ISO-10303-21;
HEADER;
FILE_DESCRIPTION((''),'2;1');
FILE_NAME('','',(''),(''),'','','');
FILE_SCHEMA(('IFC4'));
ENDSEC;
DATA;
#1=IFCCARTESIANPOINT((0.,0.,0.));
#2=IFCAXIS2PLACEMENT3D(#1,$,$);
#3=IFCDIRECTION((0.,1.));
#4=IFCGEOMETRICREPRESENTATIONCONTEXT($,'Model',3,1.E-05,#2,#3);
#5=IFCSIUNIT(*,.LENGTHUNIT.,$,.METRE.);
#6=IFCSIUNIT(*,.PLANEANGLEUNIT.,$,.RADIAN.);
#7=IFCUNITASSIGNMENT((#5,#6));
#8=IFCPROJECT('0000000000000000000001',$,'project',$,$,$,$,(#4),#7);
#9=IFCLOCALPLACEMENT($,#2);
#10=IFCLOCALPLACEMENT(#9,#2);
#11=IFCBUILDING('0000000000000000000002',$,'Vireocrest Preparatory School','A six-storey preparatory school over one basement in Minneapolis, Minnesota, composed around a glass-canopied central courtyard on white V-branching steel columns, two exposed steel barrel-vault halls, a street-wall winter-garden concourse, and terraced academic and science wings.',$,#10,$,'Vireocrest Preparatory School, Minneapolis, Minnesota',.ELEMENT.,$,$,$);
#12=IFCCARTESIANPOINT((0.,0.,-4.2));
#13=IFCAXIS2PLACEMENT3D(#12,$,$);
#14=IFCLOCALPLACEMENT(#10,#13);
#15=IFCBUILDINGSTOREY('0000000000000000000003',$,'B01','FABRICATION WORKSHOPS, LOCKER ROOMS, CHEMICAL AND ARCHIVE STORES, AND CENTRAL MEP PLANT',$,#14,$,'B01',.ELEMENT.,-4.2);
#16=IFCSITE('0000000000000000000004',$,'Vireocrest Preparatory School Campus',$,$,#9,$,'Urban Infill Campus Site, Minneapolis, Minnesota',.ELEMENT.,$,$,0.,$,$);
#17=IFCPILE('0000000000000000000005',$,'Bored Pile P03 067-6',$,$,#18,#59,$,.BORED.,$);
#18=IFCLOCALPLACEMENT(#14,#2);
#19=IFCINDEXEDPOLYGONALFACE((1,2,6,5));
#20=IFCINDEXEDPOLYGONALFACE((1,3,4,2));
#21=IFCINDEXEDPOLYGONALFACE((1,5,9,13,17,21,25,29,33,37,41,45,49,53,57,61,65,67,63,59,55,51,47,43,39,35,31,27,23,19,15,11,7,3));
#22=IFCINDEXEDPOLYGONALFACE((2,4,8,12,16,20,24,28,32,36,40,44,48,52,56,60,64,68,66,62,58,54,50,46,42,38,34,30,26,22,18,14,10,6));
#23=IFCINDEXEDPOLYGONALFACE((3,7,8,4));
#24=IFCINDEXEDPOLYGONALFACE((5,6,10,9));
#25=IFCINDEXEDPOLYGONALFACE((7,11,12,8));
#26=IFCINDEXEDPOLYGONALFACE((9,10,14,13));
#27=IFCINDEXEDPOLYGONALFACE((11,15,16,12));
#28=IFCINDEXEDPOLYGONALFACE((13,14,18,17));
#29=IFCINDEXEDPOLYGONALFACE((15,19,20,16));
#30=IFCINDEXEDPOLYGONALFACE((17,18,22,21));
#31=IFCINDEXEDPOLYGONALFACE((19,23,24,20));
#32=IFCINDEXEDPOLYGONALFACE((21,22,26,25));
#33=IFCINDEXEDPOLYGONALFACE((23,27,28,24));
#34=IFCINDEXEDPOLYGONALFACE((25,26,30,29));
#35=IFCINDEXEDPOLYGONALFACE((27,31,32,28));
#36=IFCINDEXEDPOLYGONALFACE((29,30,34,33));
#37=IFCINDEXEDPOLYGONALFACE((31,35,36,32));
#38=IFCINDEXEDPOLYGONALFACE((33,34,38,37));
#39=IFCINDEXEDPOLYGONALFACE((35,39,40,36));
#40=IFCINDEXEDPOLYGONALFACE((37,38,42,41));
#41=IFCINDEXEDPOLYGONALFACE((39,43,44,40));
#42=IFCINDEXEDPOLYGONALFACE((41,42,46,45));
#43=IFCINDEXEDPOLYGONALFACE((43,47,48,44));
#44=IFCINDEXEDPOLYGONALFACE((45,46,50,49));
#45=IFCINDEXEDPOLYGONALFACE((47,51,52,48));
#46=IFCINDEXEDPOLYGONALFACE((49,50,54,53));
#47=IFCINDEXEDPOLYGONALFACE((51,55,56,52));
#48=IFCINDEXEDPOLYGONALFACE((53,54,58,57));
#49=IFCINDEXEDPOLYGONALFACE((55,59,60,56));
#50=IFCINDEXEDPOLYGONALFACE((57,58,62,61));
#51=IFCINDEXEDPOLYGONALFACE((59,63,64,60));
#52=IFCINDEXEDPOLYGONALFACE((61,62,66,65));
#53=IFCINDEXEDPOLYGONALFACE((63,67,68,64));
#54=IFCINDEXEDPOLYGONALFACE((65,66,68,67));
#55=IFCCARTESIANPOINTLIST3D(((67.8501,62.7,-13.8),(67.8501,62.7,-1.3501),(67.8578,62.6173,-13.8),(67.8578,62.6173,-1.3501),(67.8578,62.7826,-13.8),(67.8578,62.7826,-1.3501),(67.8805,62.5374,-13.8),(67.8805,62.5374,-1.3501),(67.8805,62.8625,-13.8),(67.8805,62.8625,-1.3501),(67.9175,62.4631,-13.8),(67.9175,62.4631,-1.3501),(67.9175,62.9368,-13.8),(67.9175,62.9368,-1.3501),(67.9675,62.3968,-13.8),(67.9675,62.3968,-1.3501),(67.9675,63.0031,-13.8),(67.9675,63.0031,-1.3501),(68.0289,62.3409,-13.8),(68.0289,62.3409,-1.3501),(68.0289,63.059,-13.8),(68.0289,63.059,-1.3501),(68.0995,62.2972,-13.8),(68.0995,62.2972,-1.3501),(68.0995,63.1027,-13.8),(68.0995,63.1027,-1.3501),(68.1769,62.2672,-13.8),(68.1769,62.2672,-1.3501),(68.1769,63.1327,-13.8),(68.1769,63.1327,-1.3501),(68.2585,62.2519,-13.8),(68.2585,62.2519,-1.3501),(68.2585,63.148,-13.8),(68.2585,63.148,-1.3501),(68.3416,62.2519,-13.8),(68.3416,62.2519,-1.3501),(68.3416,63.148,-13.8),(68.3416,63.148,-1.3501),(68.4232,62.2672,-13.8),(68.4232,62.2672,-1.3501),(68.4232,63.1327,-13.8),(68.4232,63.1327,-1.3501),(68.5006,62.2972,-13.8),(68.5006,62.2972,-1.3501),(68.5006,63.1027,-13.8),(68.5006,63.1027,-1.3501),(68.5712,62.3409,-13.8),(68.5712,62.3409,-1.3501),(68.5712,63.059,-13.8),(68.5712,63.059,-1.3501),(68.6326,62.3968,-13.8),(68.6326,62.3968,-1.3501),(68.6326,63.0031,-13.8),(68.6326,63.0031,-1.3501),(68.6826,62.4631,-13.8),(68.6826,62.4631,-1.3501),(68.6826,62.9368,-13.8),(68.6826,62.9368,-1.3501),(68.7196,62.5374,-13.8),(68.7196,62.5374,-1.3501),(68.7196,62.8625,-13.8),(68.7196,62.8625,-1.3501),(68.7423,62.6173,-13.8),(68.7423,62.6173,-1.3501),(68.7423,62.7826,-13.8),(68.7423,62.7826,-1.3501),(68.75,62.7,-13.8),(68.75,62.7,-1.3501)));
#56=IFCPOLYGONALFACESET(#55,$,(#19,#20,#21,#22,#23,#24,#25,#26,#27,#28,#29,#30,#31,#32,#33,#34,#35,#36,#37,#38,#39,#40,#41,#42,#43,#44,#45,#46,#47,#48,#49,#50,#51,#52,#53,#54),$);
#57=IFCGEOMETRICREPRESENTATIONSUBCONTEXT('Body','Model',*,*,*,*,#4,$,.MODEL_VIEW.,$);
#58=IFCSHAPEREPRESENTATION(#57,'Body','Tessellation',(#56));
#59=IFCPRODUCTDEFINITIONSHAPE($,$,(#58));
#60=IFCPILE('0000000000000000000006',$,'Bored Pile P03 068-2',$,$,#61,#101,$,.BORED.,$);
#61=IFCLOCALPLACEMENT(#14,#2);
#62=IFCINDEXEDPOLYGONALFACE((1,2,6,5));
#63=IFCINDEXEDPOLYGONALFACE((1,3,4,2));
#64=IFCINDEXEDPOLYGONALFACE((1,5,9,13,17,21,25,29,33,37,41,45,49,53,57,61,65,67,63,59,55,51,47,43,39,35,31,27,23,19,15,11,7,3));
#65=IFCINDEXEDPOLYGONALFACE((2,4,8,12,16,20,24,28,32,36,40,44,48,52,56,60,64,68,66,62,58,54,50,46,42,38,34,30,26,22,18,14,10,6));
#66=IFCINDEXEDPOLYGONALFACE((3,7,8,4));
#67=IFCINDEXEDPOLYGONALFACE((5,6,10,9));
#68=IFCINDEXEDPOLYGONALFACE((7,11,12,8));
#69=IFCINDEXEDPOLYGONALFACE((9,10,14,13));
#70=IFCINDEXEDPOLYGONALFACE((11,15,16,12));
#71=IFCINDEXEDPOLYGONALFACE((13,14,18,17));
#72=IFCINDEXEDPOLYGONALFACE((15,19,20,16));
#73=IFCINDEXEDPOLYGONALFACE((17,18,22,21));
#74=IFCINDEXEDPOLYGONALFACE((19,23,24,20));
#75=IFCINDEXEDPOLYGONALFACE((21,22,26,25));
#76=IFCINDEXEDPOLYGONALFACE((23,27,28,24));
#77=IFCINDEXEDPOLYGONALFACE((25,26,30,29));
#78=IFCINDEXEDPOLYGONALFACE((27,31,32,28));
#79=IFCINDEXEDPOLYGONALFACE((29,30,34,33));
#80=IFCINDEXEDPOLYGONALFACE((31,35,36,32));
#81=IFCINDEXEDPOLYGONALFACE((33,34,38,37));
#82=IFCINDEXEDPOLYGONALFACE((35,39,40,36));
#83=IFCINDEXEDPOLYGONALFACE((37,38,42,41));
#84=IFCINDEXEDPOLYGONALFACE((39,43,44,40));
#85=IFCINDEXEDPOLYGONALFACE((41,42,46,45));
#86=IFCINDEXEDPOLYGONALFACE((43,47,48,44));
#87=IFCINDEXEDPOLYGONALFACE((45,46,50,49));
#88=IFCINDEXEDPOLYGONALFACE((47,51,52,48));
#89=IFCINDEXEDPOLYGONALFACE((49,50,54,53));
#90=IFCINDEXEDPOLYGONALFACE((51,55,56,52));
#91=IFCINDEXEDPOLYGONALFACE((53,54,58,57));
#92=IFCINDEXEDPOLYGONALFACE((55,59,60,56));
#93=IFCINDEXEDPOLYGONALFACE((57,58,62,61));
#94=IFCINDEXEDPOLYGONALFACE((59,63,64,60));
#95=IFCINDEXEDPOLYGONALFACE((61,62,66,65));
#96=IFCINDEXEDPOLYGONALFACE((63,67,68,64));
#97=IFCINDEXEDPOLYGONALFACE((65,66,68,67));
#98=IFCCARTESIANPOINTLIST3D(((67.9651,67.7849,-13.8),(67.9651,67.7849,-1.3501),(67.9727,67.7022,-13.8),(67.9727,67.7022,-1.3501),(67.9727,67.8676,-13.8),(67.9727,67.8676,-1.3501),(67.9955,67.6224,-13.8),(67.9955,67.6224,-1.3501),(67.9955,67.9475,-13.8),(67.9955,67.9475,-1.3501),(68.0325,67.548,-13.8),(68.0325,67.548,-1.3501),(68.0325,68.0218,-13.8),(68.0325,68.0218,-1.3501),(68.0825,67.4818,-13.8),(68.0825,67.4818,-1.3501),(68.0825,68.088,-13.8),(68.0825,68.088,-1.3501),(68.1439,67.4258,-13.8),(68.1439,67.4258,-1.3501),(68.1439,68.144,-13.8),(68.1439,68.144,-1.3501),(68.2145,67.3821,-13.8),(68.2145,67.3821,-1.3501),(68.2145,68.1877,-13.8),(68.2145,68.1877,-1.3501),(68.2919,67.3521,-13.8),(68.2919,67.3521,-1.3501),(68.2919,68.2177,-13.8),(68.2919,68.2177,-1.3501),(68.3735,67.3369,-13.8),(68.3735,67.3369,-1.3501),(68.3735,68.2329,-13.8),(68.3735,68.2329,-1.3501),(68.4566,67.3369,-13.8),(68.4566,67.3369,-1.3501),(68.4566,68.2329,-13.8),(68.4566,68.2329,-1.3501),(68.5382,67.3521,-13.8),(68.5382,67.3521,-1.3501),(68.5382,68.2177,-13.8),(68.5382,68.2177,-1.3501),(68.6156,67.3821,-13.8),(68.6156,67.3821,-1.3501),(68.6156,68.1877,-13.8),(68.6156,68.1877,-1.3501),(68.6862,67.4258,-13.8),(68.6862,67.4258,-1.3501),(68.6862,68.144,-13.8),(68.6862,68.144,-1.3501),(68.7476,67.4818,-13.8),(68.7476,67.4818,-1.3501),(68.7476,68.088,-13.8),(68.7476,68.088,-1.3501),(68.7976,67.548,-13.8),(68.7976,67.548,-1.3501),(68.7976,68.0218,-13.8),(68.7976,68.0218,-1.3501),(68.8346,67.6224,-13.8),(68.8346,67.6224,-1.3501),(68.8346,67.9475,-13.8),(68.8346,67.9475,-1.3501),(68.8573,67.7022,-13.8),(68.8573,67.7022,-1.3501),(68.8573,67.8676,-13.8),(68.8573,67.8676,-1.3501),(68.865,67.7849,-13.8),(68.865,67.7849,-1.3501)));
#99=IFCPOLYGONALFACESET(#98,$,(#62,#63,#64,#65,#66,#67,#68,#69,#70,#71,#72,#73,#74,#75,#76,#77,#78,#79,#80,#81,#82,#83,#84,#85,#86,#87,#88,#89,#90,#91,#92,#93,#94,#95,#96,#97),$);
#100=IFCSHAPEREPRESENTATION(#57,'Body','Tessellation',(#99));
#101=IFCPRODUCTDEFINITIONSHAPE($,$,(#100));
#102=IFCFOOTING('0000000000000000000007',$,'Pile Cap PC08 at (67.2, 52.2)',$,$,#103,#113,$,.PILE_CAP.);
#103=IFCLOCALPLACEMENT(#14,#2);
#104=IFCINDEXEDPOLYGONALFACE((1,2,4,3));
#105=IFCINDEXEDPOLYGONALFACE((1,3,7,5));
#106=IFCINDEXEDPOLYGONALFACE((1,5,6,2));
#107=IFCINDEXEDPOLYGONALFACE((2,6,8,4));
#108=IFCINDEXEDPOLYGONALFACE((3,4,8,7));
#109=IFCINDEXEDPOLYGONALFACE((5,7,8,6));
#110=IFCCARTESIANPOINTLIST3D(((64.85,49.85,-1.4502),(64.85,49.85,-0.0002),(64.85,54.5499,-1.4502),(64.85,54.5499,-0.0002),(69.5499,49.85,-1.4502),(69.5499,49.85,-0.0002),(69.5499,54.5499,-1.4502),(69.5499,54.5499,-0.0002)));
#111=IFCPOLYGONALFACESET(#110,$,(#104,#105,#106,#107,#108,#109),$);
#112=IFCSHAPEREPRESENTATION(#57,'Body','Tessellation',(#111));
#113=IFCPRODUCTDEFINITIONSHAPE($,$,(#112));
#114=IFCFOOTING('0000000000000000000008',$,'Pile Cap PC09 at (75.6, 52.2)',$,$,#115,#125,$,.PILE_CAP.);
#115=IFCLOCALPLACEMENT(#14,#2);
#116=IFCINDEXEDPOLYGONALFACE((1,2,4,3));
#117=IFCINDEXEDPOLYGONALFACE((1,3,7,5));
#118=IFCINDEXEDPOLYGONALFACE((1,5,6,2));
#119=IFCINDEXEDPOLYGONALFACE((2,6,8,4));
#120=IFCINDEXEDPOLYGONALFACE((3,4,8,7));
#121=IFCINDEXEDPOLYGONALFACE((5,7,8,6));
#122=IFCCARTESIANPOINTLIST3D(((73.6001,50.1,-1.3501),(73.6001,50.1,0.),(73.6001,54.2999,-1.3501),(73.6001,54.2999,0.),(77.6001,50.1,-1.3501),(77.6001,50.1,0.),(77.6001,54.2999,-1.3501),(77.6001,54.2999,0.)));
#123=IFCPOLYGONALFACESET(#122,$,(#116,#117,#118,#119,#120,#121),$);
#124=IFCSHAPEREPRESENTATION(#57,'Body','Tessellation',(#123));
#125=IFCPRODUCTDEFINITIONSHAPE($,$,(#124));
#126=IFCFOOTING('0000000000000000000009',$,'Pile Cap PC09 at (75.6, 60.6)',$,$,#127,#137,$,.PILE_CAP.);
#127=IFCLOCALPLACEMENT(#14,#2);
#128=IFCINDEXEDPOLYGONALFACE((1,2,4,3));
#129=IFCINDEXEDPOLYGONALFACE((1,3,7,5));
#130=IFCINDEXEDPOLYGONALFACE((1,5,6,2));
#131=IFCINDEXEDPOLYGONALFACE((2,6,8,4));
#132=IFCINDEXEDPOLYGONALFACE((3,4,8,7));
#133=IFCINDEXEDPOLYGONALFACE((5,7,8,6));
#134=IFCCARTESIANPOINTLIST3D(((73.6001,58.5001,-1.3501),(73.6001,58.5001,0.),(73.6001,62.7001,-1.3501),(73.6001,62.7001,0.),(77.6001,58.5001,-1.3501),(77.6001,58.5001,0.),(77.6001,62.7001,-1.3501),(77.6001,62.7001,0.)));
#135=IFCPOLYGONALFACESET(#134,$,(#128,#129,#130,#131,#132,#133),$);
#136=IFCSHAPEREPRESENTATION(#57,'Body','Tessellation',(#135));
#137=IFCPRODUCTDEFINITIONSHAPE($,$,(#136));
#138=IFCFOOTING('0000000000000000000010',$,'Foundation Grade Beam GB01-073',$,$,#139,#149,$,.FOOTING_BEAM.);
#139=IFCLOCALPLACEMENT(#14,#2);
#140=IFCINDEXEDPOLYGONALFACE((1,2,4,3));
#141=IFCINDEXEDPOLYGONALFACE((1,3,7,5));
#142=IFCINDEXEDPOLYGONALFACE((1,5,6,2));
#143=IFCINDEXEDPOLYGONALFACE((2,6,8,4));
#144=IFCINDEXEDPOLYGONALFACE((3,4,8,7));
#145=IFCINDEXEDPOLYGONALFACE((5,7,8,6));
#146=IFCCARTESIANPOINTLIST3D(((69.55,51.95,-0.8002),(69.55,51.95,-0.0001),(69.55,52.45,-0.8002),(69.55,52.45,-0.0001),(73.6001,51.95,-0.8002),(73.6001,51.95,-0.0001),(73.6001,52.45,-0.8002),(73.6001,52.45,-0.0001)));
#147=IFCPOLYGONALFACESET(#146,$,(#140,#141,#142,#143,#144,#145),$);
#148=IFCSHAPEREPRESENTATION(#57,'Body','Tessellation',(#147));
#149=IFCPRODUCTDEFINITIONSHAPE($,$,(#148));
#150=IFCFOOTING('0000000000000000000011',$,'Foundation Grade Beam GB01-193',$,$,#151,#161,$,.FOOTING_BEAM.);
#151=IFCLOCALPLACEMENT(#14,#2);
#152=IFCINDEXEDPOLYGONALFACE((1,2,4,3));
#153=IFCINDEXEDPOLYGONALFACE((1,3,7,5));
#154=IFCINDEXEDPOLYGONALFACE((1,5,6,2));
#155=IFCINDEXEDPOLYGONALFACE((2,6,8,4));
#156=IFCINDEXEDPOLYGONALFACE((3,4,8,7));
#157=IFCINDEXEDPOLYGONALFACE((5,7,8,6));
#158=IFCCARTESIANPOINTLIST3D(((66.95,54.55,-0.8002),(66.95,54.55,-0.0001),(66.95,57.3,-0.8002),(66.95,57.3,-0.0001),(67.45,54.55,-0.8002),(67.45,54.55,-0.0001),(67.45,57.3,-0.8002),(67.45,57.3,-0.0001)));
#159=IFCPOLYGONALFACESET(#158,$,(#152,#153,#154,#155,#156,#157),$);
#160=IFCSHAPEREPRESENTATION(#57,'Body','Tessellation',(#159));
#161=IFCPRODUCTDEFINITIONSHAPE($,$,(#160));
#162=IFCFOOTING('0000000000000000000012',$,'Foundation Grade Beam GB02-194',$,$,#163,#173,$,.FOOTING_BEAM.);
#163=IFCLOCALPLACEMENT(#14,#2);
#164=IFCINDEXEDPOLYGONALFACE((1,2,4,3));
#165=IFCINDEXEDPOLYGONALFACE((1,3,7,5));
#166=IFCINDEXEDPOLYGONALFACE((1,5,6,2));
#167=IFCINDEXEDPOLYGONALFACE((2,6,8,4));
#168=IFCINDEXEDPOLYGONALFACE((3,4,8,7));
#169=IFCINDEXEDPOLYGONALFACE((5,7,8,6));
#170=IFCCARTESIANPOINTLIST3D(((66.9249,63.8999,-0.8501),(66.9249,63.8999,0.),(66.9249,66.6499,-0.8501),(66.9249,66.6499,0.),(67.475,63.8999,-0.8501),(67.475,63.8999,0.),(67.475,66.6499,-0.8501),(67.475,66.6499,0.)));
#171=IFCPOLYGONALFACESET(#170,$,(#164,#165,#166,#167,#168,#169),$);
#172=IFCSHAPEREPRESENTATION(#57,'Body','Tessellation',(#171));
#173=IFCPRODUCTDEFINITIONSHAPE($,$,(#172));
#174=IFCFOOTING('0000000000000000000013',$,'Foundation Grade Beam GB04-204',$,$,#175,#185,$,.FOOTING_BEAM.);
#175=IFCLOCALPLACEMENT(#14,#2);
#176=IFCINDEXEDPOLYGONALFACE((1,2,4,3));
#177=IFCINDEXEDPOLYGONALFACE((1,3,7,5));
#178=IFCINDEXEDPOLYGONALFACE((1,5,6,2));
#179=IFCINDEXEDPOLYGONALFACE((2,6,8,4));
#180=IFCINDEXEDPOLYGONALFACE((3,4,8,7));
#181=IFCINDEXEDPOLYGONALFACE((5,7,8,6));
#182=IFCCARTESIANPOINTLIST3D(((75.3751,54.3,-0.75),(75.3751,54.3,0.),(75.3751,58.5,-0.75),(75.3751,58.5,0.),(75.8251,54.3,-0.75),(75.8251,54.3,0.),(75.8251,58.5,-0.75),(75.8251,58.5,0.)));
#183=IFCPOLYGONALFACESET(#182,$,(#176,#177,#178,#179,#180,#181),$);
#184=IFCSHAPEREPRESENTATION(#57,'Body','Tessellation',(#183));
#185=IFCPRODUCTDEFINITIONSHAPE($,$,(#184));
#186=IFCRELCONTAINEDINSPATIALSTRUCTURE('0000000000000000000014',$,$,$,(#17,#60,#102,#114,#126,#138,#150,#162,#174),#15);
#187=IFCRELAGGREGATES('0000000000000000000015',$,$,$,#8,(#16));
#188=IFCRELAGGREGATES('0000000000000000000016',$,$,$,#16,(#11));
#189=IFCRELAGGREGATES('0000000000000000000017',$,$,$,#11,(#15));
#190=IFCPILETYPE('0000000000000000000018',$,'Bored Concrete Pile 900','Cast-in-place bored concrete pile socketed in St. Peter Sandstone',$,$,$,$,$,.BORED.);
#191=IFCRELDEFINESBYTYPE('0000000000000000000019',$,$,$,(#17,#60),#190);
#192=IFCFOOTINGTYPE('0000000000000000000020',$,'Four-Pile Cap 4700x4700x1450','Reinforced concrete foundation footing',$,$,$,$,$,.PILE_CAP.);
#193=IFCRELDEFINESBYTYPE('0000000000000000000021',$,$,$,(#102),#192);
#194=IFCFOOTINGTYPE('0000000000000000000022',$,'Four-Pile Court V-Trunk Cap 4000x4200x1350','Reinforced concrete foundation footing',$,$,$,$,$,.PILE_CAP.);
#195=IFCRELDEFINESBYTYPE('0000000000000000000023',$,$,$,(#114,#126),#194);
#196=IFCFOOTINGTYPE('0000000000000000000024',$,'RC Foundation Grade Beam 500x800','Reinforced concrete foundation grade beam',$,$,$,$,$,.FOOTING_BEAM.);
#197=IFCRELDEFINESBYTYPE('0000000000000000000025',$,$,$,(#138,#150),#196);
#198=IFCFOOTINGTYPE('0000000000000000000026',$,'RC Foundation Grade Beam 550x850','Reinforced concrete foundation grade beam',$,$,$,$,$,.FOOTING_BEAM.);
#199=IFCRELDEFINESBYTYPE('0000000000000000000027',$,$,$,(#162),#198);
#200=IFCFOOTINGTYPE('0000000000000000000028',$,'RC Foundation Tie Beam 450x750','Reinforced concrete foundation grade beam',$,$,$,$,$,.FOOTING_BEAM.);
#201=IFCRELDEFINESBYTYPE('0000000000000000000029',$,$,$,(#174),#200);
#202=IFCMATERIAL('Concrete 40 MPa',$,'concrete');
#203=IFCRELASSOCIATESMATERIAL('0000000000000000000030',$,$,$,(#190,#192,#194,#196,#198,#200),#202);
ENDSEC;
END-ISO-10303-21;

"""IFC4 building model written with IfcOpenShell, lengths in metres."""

from ifc_helpers import new_model, si_unit, direction, frame, origin, origin_2d, place, context, subcontext, project, spatial, rectangle, circle, extrude, material, material_profile, profile_set, type_object, element, save


model = new_model("IFC4")

# Units and contexts
model_context = context("Model", 3, precision=1e-05, world=origin(), true_north=direction((0.0, 1.0)))
body_context = subcontext(model_context, "Body", "Model", "MODEL_VIEW")
ifc_project = project(units=[si_unit("LENGTHUNIT", "METRE"), si_unit("PLANEANGLEUNIT", "RADIAN")], contexts=[model_context])

# Site, building, storey
site_placement = place(None, origin())
site = spatial("IfcSite", under=ifc_project, at=site_placement, Name="Vireocrest Preparatory School Campus", LongName="Urban Infill Campus Site, Minneapolis, Minnesota", CompositionType="ELEMENT", RefElevation=0.0)
building_placement = place(site_placement, origin())
building = spatial("IfcBuilding", under=site, at=building_placement, Name="Vireocrest Preparatory School", Description="A six-storey preparatory school over one basement in Minneapolis, Minnesota, composed around a glass-canopied central courtyard on white V-branching steel columns, two exposed steel barrel-vault halls, a street-wall winter-garden concourse, and terraced academic and science wings.", LongName="Vireocrest Preparatory School, Minneapolis, Minnesota", CompositionType="ELEMENT")
storey_placement = place(building_placement, frame((0.0, 0.0, -4.2)))
storey = spatial("IfcBuildingStorey", under=building, at=storey_placement, Name="B01", Description="FABRICATION WORKSHOPS, LOCKER ROOMS, CHEMICAL AND ARCHIVE STORES, AND CENTRAL MEP PLANT", LongName="B01", CompositionType="ELEMENT", Elevation=-4.2)

# Piles
ifc_material_1 = material(Name="Concrete 40 MPa", Category="concrete")
ifc_material_profile_1 = material_profile(ifc_material_1, circle(Radius=0.45, at=origin_2d()), Name="BORED PILE 900")
ifc_profile_set_1 = profile_set([ifc_material_profile_1], Name="Concrete 40 MPa")
pile_type_1 = type_object("IfcPileType", Name="Bored Concrete Pile 900", Description="Cast-in-place bored concrete pile socketed in St. Peter Sandstone", PredefinedType="BORED", material=ifc_profile_set_1)
for number, where, z_axis, x_axis, name in (
    (1, (68.3, 62.7, -1.3501), (0.0, 0.0, -1.0), (1.0, 0.0, 0.0), "Bored Pile P03 067-6"),
    (2, (68.415, 67.7849, -1.3501), (0.0, 0.0, -1.0), (1.0, 0.0, 0.0), "Bored Pile P03 068-2"),
):
    element("IfcPile", number, at=place(storey_placement, frame(where, z_axis=z_axis, x_axis=x_axis)), inside=storey, type_object=pile_type_1, Name=name, PredefinedType="BORED", context=body_context, shape_type="SweptSolid", body=[
        extrude(circle(Radius=0.45, at=origin_2d()), origin(), (0.0, 0.0, 1.0), 12.45),
    ])

# Footings
footing_type_1 = type_object("IfcFootingType", Name="Four-Pile Cap 4700x4700x1450", Description="Reinforced concrete foundation footing", PredefinedType="PILE_CAP", material=ifc_material_1)
footing_1_placement = place(storey_placement, frame((67.2, 52.2, -1.4502), z_axis=(0.0, 0.0, 1.0), x_axis=(1.0, 0.0, 0.0)))
element("IfcFooting", 3, at=footing_1_placement, inside=storey, type_object=footing_type_1, Name="Pile Cap PC08 at (67.2, 52.2)", PredefinedType="PILE_CAP", context=body_context, shape_type="SweptSolid", body=[
    extrude(rectangle(XDim=4.7, YDim=4.7, at=origin_2d()), origin(), (0.0, 0.0, 1.0), 1.45),
])
footing_type_2 = type_object("IfcFootingType", Name="Four-Pile Court V-Trunk Cap 4000x4200x1350", Description="Reinforced concrete foundation footing", PredefinedType="PILE_CAP", material=ifc_material_1)
for number, where, z_axis, x_axis, name in (
    (4, (75.6001, 52.2, -1.3501), (0.0, 0.0, 1.0), (1.0, 0.0, 0.0), "Pile Cap PC09 at (75.6, 52.2)"),
    (5, (75.6001, 60.6001, -1.3501), (0.0, 0.0, 1.0), (1.0, 0.0, 0.0), "Pile Cap PC09 at (75.6, 60.6)"),
):
    element("IfcFooting", number, at=place(storey_placement, frame(where, z_axis=z_axis, x_axis=x_axis)), inside=storey, type_object=footing_type_2, Name=name, PredefinedType="PILE_CAP", context=body_context, shape_type="SweptSolid", body=[
        extrude(rectangle(XDim=4.0, YDim=4.2, at=origin_2d()), origin(), (0.0, 0.0, 1.0), 1.3501),
    ])
ifc_material_profile_2 = material_profile(ifc_material_1, rectangle(XDim=0.5, YDim=0.8, at=origin_2d()), Name="GB 500x800")
ifc_profile_set_2 = profile_set([ifc_material_profile_2], Name="Concrete 40 MPa")
footing_type_3 = type_object("IfcFootingType", Name="RC Foundation Grade Beam 500x800", Description="Reinforced concrete foundation grade beam", PredefinedType="FOOTING_BEAM", material=ifc_profile_set_2)
footing_2_placement = place(storey_placement, frame((69.55, 52.2, -0.4001), z_axis=(1.0, 0.0, 0.0), x_axis=(0.0, 1.0, 0.0)))
element("IfcFooting", 6, at=footing_2_placement, inside=storey, type_object=footing_type_3, Name="Foundation Grade Beam GB01-073", PredefinedType="FOOTING_BEAM", context=body_context, shape_type="SweptSolid", body=[
    extrude(rectangle(XDim=0.5, YDim=0.8, at=origin_2d()), origin(), (0.0, 0.0, 1.0), 4.05),
])
footing_3_placement = place(storey_placement, frame((67.2, 54.55, -0.4001), z_axis=(0.0, 1.0, 0.0), x_axis=(-1.0, 0.0, 0.0)))
element("IfcFooting", 7, at=footing_3_placement, inside=storey, type_object=footing_type_3, Name="Foundation Grade Beam GB01-193", PredefinedType="FOOTING_BEAM", context=body_context, shape_type="SweptSolid", body=[
    extrude(rectangle(XDim=0.5, YDim=0.8, at=origin_2d()), origin(), (0.0, 0.0, 1.0), 2.75),
])
ifc_material_profile_3 = material_profile(ifc_material_1, rectangle(XDim=0.55, YDim=0.8501, at=origin_2d()), Name="GB 550x850")
ifc_profile_set_3 = profile_set([ifc_material_profile_3], Name="Concrete 40 MPa")
footing_type_4 = type_object("IfcFootingType", Name="RC Foundation Grade Beam 550x850", Description="Reinforced concrete foundation grade beam", PredefinedType="FOOTING_BEAM", material=ifc_profile_set_3)
footing_4_placement = place(storey_placement, frame((67.2, 63.8999, -0.425), z_axis=(0.0, 1.0, 0.0), x_axis=(-1.0, 0.0, 0.0)))
element("IfcFooting", 8, at=footing_4_placement, inside=storey, type_object=footing_type_4, Name="Foundation Grade Beam GB02-194", PredefinedType="FOOTING_BEAM", context=body_context, shape_type="SweptSolid", body=[
    extrude(rectangle(XDim=0.55, YDim=0.8501, at=origin_2d()), origin(), (0.0, 0.0, 1.0), 2.75),
])
ifc_material_profile_4 = material_profile(ifc_material_1, rectangle(XDim=0.45, YDim=0.75, at=origin_2d()), Name="GB 450x750")
ifc_profile_set_4 = profile_set([ifc_material_profile_4], Name="Concrete 40 MPa")
footing_type_5 = type_object("IfcFootingType", Name="RC Foundation Tie Beam 450x750", Description="Reinforced concrete foundation grade beam", PredefinedType="FOOTING_BEAM", material=ifc_profile_set_4)
footing_5_placement = place(storey_placement, frame((75.6001, 54.3, -0.375), z_axis=(0.0, 1.0, 0.0), x_axis=(-1.0, 0.0, 0.0)))
element("IfcFooting", 9, at=footing_5_placement, inside=storey, type_object=footing_type_5, Name="Foundation Grade Beam GB04-204", PredefinedType="FOOTING_BEAM", context=body_context, shape_type="SweptSolid", body=[
    extrude(rectangle(XDim=0.45, YDim=0.75, at=origin_2d()), origin(), (0.0, 0.0, 1.0), 4.2),
])

save(model, "model.ifc")
